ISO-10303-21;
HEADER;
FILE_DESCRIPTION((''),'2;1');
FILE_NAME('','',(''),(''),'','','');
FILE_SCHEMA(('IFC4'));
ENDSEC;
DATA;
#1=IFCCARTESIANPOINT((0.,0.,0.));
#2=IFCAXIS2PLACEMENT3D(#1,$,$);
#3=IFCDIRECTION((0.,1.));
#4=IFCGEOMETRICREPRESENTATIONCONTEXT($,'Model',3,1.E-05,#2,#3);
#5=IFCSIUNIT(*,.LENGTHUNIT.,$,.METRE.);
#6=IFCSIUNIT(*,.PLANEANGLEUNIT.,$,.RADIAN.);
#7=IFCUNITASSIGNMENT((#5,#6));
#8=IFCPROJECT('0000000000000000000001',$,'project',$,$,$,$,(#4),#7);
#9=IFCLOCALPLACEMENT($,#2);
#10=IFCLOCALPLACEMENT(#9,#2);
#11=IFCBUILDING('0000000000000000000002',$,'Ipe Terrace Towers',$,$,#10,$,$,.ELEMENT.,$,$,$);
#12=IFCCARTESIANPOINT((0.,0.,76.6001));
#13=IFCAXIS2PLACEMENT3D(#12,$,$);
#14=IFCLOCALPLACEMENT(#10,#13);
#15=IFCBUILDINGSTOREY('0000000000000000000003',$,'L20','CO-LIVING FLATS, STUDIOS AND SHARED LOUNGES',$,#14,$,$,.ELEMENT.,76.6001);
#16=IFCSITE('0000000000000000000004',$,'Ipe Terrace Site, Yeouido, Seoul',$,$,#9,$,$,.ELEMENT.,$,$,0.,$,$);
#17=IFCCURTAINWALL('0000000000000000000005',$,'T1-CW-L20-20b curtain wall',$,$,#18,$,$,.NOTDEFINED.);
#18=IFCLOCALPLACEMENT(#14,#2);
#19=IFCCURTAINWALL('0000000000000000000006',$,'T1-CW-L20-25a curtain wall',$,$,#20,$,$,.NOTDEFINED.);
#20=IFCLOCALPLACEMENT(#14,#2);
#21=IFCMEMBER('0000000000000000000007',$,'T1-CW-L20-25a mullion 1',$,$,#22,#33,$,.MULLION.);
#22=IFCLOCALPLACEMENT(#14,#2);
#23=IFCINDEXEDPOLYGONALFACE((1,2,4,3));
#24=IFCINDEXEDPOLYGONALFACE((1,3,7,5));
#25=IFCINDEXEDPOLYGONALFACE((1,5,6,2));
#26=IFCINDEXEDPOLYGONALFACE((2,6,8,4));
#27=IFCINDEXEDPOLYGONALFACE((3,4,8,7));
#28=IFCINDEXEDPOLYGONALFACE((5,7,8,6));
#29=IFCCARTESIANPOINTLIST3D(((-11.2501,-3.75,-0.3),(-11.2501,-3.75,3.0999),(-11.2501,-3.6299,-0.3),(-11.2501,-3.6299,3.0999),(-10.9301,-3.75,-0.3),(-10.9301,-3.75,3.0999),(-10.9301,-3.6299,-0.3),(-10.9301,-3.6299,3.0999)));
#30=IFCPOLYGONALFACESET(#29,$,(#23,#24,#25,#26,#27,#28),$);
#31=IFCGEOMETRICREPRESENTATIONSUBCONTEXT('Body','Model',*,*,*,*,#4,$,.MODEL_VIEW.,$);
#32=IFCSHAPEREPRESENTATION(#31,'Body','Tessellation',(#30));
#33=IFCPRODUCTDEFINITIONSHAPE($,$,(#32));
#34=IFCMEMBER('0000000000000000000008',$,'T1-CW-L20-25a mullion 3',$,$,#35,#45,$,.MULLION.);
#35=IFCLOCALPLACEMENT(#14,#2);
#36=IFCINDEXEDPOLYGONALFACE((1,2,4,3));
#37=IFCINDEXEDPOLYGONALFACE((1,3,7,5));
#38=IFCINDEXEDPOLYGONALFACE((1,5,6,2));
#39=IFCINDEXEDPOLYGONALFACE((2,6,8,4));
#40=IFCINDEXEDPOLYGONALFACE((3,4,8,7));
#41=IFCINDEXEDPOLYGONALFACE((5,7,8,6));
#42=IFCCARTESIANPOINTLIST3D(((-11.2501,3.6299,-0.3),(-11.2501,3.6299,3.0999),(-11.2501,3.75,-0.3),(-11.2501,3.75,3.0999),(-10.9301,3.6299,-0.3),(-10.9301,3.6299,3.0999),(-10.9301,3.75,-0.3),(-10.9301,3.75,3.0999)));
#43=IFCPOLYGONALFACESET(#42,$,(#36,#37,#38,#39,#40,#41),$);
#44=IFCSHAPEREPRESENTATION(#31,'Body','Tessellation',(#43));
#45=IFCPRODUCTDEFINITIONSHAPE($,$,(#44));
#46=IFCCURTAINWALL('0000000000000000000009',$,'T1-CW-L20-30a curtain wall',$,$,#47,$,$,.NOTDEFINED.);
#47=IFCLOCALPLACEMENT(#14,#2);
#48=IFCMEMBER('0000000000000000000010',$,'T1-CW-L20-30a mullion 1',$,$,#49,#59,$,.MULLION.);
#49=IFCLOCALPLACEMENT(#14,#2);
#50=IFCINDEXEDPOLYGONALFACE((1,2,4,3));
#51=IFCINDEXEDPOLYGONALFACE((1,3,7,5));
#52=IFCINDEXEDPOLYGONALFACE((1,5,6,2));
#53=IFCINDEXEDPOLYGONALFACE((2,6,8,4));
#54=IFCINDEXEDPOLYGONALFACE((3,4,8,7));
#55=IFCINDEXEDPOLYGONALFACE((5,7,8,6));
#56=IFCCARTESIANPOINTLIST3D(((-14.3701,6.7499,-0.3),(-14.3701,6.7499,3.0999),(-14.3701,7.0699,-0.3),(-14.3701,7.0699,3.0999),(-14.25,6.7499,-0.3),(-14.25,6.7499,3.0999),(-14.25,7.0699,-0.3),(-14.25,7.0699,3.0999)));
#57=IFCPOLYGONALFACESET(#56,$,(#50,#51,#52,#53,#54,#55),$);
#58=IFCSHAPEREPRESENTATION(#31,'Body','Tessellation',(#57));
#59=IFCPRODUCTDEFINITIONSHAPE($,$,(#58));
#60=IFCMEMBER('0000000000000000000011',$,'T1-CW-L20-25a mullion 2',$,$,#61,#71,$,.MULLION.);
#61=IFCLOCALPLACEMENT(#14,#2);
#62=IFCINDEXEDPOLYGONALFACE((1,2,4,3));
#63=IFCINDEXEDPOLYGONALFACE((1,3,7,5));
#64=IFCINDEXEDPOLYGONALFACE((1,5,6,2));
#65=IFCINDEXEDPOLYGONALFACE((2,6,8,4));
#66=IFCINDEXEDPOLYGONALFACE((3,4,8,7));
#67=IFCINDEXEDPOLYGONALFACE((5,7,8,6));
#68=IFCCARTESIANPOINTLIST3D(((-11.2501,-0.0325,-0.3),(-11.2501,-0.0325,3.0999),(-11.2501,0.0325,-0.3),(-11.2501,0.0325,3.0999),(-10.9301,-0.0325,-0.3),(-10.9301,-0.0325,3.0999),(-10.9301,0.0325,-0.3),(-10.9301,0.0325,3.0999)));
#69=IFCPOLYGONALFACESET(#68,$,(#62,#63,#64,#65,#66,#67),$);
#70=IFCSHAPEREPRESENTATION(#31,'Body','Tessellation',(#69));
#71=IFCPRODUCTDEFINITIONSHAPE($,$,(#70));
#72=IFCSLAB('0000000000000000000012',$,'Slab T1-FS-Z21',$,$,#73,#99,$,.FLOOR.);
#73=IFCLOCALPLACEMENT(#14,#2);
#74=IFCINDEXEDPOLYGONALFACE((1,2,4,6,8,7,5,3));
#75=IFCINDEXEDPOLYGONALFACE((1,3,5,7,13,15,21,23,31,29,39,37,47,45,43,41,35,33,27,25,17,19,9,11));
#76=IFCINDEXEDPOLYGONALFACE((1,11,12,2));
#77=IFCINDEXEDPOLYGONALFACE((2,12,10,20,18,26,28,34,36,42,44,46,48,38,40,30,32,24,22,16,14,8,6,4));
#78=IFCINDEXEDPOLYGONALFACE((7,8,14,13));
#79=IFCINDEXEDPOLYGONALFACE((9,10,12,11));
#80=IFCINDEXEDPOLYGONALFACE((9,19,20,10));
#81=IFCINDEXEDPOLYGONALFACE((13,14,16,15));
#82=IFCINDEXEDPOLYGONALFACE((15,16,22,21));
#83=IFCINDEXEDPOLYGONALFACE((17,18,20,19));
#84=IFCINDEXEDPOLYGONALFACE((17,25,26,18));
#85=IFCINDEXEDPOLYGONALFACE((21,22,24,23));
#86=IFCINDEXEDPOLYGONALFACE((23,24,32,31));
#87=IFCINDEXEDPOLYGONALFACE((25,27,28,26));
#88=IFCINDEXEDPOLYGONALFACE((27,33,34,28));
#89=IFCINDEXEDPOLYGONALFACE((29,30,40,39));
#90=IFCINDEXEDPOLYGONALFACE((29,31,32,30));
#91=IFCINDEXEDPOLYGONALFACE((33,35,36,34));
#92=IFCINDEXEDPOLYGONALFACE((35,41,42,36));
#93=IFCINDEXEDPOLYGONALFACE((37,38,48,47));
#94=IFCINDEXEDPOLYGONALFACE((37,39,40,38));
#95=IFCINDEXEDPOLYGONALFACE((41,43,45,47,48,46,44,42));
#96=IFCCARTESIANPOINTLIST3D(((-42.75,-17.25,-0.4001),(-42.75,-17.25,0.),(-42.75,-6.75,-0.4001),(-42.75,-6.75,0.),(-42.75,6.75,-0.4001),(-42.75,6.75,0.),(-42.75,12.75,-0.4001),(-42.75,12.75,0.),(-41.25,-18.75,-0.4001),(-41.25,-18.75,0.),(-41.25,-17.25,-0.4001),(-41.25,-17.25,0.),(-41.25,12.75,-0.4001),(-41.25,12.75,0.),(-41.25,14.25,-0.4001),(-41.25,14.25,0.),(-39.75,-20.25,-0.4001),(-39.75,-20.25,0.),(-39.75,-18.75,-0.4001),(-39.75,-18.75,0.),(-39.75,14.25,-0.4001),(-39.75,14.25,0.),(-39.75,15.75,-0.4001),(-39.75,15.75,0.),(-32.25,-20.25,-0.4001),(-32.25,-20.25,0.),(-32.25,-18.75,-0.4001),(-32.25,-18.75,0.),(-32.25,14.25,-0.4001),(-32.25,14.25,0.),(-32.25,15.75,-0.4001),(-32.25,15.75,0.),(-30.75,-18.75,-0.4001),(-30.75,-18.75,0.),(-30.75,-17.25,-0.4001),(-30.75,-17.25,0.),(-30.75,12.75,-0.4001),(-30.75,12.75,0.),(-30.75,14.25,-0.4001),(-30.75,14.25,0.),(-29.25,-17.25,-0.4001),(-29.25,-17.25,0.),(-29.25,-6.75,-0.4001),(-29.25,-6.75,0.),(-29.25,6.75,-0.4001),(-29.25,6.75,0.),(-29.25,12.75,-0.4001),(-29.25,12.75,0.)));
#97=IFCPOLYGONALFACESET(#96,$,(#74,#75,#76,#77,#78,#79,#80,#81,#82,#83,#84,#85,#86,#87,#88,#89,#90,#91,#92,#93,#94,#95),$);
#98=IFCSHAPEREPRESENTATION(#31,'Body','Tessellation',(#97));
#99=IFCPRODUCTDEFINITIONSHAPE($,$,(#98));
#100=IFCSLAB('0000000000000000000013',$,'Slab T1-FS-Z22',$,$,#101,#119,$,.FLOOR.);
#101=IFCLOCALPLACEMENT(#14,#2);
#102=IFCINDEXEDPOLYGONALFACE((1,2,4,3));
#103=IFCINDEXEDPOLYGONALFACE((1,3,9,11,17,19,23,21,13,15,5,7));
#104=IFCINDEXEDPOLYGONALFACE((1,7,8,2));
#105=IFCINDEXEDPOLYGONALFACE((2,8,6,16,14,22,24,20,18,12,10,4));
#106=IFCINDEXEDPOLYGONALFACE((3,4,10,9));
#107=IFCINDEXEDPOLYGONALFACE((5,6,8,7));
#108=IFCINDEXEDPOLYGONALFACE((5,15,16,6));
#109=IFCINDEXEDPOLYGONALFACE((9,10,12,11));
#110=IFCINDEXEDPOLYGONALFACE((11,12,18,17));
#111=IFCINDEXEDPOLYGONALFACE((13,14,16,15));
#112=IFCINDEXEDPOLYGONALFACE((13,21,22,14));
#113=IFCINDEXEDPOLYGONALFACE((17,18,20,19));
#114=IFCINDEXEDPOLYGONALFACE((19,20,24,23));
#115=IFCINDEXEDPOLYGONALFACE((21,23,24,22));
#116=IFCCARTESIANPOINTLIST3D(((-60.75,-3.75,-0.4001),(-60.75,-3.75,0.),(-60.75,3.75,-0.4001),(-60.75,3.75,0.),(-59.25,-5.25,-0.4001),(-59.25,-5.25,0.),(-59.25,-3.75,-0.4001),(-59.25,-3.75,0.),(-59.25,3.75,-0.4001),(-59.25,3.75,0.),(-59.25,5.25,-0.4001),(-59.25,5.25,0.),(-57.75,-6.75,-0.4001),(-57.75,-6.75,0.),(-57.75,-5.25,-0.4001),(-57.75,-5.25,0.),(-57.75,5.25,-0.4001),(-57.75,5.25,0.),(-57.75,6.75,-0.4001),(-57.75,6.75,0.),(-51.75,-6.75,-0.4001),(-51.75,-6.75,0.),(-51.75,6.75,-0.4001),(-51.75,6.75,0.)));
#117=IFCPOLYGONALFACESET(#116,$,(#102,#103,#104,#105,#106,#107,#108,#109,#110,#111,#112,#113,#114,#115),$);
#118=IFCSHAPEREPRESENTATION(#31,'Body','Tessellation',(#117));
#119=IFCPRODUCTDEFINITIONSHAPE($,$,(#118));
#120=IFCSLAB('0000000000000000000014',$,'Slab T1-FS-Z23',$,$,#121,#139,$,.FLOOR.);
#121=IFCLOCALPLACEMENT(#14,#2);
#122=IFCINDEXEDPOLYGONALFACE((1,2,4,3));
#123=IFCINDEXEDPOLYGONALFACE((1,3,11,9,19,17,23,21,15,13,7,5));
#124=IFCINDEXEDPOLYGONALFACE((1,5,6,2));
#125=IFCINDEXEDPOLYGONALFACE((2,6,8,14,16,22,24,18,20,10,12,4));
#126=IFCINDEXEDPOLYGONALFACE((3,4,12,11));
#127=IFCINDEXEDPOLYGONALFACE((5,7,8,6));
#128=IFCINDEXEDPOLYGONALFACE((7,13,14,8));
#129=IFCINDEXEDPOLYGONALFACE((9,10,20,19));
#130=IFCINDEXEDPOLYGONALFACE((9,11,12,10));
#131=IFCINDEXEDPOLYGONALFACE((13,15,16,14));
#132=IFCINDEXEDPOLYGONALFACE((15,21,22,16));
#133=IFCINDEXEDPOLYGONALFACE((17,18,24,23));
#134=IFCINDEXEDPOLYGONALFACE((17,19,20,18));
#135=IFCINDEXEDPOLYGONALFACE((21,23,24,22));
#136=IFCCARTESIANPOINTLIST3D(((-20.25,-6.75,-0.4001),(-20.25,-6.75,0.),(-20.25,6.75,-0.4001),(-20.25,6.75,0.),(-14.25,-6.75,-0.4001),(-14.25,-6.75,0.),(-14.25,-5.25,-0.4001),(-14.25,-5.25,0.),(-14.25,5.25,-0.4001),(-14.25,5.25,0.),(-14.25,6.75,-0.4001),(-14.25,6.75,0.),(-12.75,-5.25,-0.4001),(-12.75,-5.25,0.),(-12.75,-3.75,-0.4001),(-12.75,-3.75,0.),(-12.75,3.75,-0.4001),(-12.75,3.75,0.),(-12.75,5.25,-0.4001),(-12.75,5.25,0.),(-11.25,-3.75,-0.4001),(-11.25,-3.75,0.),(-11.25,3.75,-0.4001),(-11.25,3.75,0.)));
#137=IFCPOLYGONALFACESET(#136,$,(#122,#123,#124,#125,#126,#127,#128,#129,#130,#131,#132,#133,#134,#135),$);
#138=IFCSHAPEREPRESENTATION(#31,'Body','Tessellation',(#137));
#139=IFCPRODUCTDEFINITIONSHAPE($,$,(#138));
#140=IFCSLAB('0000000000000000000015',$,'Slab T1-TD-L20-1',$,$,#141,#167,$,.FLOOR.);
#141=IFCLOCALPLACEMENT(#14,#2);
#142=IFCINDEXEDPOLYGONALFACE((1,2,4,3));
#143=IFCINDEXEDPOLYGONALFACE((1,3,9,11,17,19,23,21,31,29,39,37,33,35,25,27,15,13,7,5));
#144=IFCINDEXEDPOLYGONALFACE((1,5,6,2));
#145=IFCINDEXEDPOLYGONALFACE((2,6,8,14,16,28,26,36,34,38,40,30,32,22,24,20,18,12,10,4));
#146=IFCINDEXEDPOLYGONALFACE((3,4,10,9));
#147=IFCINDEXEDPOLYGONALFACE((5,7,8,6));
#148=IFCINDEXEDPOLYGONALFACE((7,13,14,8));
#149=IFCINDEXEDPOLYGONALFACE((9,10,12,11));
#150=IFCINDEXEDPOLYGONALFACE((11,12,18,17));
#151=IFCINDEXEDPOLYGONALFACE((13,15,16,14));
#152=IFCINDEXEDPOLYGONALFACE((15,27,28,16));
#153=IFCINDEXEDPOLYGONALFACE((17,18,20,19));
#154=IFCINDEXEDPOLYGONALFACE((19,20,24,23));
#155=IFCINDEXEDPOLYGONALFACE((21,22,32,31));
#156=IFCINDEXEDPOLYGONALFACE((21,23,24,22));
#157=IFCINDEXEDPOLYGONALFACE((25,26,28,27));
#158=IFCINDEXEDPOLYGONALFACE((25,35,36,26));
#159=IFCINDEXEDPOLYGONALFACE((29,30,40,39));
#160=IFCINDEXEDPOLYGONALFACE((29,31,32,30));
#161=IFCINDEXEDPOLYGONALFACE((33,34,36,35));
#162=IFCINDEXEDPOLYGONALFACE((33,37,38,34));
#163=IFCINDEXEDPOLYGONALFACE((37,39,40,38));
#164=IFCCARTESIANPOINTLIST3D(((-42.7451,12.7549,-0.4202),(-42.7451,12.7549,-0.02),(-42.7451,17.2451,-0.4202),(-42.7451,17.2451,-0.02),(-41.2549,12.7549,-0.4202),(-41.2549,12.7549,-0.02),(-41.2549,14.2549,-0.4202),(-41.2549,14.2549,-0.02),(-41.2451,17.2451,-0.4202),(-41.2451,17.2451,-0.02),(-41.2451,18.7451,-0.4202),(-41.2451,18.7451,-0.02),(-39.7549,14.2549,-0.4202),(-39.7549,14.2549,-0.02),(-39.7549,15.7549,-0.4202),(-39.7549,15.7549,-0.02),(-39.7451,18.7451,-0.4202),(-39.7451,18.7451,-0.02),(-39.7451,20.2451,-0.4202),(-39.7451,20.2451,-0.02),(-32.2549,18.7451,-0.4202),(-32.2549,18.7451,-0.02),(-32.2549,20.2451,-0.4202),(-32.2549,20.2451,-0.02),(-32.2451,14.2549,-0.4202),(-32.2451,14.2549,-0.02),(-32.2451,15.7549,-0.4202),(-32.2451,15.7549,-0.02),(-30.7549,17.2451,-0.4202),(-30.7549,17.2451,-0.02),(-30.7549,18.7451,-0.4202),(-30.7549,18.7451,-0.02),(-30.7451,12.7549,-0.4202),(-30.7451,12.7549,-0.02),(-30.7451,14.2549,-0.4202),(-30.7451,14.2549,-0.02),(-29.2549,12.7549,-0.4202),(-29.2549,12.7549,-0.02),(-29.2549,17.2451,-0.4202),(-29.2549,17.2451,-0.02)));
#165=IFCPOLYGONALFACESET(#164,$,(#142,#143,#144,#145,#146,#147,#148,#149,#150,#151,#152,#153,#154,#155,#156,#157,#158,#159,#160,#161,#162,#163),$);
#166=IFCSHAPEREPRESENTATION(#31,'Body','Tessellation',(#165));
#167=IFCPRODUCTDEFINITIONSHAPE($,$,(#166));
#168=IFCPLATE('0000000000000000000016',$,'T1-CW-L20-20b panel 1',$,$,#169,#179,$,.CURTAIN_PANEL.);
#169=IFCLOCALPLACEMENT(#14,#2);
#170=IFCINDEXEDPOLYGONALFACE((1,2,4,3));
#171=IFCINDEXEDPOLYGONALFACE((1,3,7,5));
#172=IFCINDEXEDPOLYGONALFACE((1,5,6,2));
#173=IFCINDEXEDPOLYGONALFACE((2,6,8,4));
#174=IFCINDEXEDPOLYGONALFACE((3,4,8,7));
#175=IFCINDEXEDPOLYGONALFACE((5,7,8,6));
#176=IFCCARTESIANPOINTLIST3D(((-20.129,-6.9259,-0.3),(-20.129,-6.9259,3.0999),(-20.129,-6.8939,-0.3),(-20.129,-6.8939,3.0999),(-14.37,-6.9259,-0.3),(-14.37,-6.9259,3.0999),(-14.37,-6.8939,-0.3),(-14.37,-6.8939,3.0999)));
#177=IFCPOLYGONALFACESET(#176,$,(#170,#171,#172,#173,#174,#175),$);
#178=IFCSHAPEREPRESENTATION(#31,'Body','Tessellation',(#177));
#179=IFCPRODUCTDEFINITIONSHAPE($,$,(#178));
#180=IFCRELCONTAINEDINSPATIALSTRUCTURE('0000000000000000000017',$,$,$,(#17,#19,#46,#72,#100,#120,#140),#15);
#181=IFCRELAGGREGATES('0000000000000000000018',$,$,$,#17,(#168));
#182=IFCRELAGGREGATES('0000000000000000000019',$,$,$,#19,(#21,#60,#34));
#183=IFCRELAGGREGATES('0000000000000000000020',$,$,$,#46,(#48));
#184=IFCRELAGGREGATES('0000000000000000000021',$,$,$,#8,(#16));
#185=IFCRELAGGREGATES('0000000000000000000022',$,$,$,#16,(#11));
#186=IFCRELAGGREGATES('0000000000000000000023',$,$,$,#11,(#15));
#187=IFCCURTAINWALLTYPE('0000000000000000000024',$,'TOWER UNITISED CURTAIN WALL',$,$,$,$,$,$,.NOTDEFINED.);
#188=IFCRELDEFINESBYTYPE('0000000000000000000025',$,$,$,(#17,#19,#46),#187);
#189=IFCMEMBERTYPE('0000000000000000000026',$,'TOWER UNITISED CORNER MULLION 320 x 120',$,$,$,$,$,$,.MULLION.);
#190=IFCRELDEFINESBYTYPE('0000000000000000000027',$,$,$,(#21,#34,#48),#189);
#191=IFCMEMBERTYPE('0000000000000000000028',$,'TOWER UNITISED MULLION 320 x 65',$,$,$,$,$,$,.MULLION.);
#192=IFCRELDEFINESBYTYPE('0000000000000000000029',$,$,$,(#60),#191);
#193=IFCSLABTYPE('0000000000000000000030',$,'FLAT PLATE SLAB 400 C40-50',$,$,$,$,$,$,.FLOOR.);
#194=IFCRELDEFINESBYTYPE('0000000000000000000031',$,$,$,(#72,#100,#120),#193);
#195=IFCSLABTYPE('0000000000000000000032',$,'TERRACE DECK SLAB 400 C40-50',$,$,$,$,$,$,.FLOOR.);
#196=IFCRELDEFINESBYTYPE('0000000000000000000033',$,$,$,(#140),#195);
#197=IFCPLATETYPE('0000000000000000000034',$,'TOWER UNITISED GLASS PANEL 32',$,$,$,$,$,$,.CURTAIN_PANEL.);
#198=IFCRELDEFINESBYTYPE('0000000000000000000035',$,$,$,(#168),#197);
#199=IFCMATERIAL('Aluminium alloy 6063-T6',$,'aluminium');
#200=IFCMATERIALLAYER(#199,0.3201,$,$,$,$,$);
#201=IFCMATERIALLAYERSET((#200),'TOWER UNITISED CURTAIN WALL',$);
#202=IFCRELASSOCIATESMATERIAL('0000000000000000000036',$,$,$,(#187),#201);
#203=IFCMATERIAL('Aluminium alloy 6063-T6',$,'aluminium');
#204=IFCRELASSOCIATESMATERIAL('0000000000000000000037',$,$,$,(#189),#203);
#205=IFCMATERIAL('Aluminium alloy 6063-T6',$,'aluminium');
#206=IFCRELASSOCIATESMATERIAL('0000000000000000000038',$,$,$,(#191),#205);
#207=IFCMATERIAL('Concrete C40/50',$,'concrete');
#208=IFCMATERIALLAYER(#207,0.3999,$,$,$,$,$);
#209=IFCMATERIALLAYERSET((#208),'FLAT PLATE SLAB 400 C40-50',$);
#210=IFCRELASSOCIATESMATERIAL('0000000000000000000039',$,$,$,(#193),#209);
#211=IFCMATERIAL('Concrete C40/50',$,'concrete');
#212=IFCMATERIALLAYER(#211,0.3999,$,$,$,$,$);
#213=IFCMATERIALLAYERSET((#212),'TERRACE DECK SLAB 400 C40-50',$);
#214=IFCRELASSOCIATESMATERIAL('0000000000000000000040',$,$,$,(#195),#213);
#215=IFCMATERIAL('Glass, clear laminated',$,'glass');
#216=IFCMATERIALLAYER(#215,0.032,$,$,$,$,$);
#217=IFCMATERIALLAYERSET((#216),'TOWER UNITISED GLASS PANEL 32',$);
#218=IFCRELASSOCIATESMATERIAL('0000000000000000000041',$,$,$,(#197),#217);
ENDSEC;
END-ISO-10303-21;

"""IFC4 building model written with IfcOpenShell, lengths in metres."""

from ifc_helpers import new_model, si_unit, direction, frame, origin, origin_2d, place, context, subcontext, project, spatial, polyline, rectangle, outline, extrude, material, layer, layer_set, material_profile, profile_set, type_object, element, aggregate, save


model = new_model("IFC4")

# Units and contexts
model_context = context("Model", 3, precision=1e-05, world=origin(), true_north=direction((0.0, 1.0)))
body_context = subcontext(model_context, "Body", "Model", "MODEL_VIEW")
ifc_project = project(units=[si_unit("LENGTHUNIT", "METRE"), si_unit("PLANEANGLEUNIT", "RADIAN")], contexts=[model_context])

# Site, building, storey
site_placement = place(None, origin())
site = spatial("IfcSite", under=ifc_project, at=site_placement, Name="Ipe Terrace Site, Yeouido, Seoul", CompositionType="ELEMENT", RefElevation=0.0)
building_placement = place(site_placement, origin())
building = spatial("IfcBuilding", under=site, at=building_placement, Name="Ipe Terrace Towers", CompositionType="ELEMENT")
storey_placement = place(building_placement, frame((0.0, 0.0, 76.6001)))
storey = spatial("IfcBuildingStorey", under=building, at=storey_placement, Name="L20", Description="CO-LIVING FLATS, STUDIOS AND SHARED LOUNGES", CompositionType="ELEMENT", Elevation=76.6001)

# Curtain wall
ifc_material_1 = material(Name="Aluminium alloy 6063-T6", Category="aluminium")
ifc_layer_1 = layer(ifc_material_1, 0.3201)
ifc_layer_set_1 = layer_set([ifc_layer_1], Name="TOWER UNITISED CURTAIN WALL")
curtain_wall_type = type_object("IfcCurtainWallType", Name="TOWER UNITISED CURTAIN WALL", PredefinedType="NOTDEFINED", material=ifc_layer_set_1)
curtain_wall_1_placement = place(storey_placement, origin())
curtain_wall_1 = element("IfcCurtainWall", 1, at=curtain_wall_1_placement, inside=storey, type_object=curtain_wall_type, Name="T1-CW-L20-20b curtain wall", PredefinedType="NOTDEFINED")
ifc_material_2 = material(Name="Aluminium alloy 6063-T6", Category="aluminium")
ifc_material_profile_1 = material_profile(ifc_material_2, rectangle(XDim=0.3201, YDim=0.1201, at=origin_2d()), Name="TOWER UNITISED CORNER MULLION 320 x 120")
ifc_profile_set_1 = profile_set([ifc_material_profile_1], Name="Aluminium alloy 6063-T6")
member_type_1 = type_object("IfcMemberType", Name="TOWER UNITISED CORNER MULLION 320 x 120", PredefinedType="MULLION", material=ifc_profile_set_1)

# Curtain wall, members
curtain_wall_2_placement = place(storey_placement, origin())
curtain_wall_2 = element("IfcCurtainWall", 2, at=curtain_wall_2_placement, inside=storey, type_object=curtain_wall_type, Name="T1-CW-L20-25a curtain wall", PredefinedType="NOTDEFINED")
member_1_placement = place(storey_placement, frame((-11.0901, -3.6899, -0.3), z_axis=(0.0, 0.0, 1.0), x_axis=(1.0, 0.0, 0.0)))
member_1 = element("IfcMember", 3, at=member_1_placement, type_object=member_type_1, Name="T1-CW-L20-25a mullion 1", PredefinedType="MULLION", context=body_context, shape_type="SweptSolid", body=[
    extrude(rectangle(XDim=0.3201, YDim=0.1201, at=origin_2d()), origin(), (0.0, 0.0, 1.0), 3.3999),
])
member_2_placement = place(storey_placement, frame((-11.0901, 3.6899, -0.3), z_axis=(0.0, 0.0, 1.0), x_axis=(1.0, 0.0, 0.0)))
member_2 = element("IfcMember", 4, at=member_2_placement, type_object=member_type_1, Name="T1-CW-L20-25a mullion 3", PredefinedType="MULLION", context=body_context, shape_type="SweptSolid", body=[
    extrude(rectangle(XDim=0.3201, YDim=0.1201, at=origin_2d()), origin(), (0.0, 0.0, 1.0), 3.3999),
])

# Curtain wall, member
curtain_wall_3_placement = place(storey_placement, origin())
curtain_wall_3 = element("IfcCurtainWall", 5, at=curtain_wall_3_placement, inside=storey, type_object=curtain_wall_type, Name="T1-CW-L20-30a curtain wall", PredefinedType="NOTDEFINED")
member_3_placement = place(storey_placement, frame((-14.3101, 6.9099, -0.3), z_axis=(0.0, 0.0, 1.0), x_axis=(0.0, 1.0, 0.0)))
member_3 = element("IfcMember", 6, at=member_3_placement, type_object=member_type_1, Name="T1-CW-L20-30a mullion 1", PredefinedType="MULLION", context=body_context, shape_type="SweptSolid", body=[
    extrude(rectangle(XDim=0.3201, YDim=0.1201, at=origin_2d()), origin(), (0.0, 0.0, 1.0), 3.3999),
])

# Member
ifc_material_3 = material(Name="Aluminium alloy 6063-T6", Category="aluminium")
ifc_material_profile_2 = material_profile(ifc_material_3, rectangle(XDim=0.3201, YDim=0.0649, at=origin_2d()), Name="TOWER UNITISED MULLION 320 x 65")
ifc_profile_set_2 = profile_set([ifc_material_profile_2], Name="Aluminium alloy 6063-T6")
member_type_2 = type_object("IfcMemberType", Name="TOWER UNITISED MULLION 320 x 65", PredefinedType="MULLION", material=ifc_profile_set_2)
member_4_placement = place(storey_placement, frame((-11.0901, 0.0, -0.3), z_axis=(0.0, 0.0, 1.0), x_axis=(1.0, 0.0, 0.0)))
member_4 = element("IfcMember", 7, at=member_4_placement, type_object=member_type_2, Name="T1-CW-L20-25a mullion 2", PredefinedType="MULLION", context=body_context, shape_type="SweptSolid", body=[
    extrude(rectangle(XDim=0.3201, YDim=0.0649, at=origin_2d()), origin(), (0.0, 0.0, 1.0), 3.3999),
])

# Slabs
ifc_material_4 = material(Name="Concrete C40/50", Category="concrete")
ifc_layer_2 = layer(ifc_material_4, 0.3999)
ifc_layer_set_2 = layer_set([ifc_layer_2], Name="FLAT PLATE SLAB 400 C40-50")
slab_type_1 = type_object("IfcSlabType", Name="FLAT PLATE SLAB 400 C40-50", PredefinedType="FLOOR", material=ifc_layer_set_2)
slab_1_placement = place(storey_placement, frame((0.0, 0.0, -0.4001)))
element("IfcSlab", 8, at=slab_1_placement, inside=storey, type_object=slab_type_1, Name="Slab T1-FS-Z21", PredefinedType="FLOOR", context=body_context, shape_type="SweptSolid", body=[
    extrude(outline(polyline([(-30.75, -17.25), (-30.75, -18.75), (-32.25, -18.75), (-32.25, -20.25), (-39.75, -20.25), (-39.75, -18.75), (-41.25, -18.75), (-41.25, -17.25), (-42.75, -17.25), (-42.75, -6.75), (-42.75, 6.75), (-42.75, 12.75), (-41.25, 12.75), (-41.25, 14.25), (-39.75, 14.25), (-39.75, 15.75), (-32.25, 15.75), (-32.25, 14.25), (-30.75, 14.25), (-30.75, 12.75), (-29.25, 12.75), (-29.25, 6.75), (-29.25, -6.75), (-29.25, -17.25), (-30.75, -17.25)])), origin(), (0.0, 0.0, 1.0), 0.4001),
])
slab_2_placement = place(storey_placement, frame((0.0, 0.0, -0.4001)))
element("IfcSlab", 9, at=slab_2_placement, inside=storey, type_object=slab_type_1, Name="Slab T1-FS-Z22", PredefinedType="FLOOR", context=body_context, shape_type="SweptSolid", body=[
    extrude(outline(polyline([(-57.75, -6.75), (-57.75, -5.25), (-59.25, -5.25), (-59.25, -3.75), (-60.75, -3.75), (-60.75, 3.75), (-59.25, 3.75), (-59.25, 5.25), (-57.75, 5.25), (-57.75, 6.75), (-51.75, 6.75), (-51.75, -6.75), (-57.75, -6.75)])), origin(), (0.0, 0.0, 1.0), 0.4001),
])
slab_3_placement = place(storey_placement, frame((0.0, 0.0, -0.4001)))
element("IfcSlab", 10, at=slab_3_placement, inside=storey, type_object=slab_type_1, Name="Slab T1-FS-Z23", PredefinedType="FLOOR", context=body_context, shape_type="SweptSolid", body=[
    extrude(outline(polyline([(-14.25, 5.25), (-12.75, 5.25), (-12.75, 3.75), (-11.25, 3.75), (-11.25, -3.75), (-12.75, -3.75), (-12.75, -5.25), (-14.25, -5.25), (-14.25, -6.75), (-20.25, -6.75), (-20.25, 6.75), (-14.25, 6.75), (-14.25, 5.25)])), origin(), (0.0, 0.0, 1.0), 0.4001),
])
ifc_material_5 = material(Name="Concrete C40/50", Category="concrete")
ifc_layer_3 = layer(ifc_material_5, 0.3999)
ifc_layer_set_3 = layer_set([ifc_layer_3], Name="TERRACE DECK SLAB 400 C40-50")
slab_type_2 = type_object("IfcSlabType", Name="TERRACE DECK SLAB 400 C40-50", PredefinedType="FLOOR", material=ifc_layer_set_3)
slab_4_placement = place(storey_placement, frame((0.0, 0.0, -0.4202)))
element("IfcSlab", 11, at=slab_4_placement, inside=storey, type_object=slab_type_2, Name="Slab T1-TD-L20-1", PredefinedType="FLOOR", context=body_context, shape_type="SweptSolid", body=[
    extrude(outline(polyline([(-42.7451, 12.7549), (-42.7451, 17.2451), (-41.2451, 17.2451), (-41.2451, 18.7451), (-39.7451, 18.7451), (-39.7451, 20.2451), (-32.2549, 20.2451), (-32.2549, 18.7451), (-30.7549, 18.7451), (-30.7549, 17.2451), (-29.2549, 17.2451), (-29.2549, 12.7549), (-30.7451, 12.7549), (-30.7451, 14.2549), (-32.2451, 14.2549), (-32.2451, 15.7549), (-39.7549, 15.7549), (-39.7549, 14.2549), (-41.2549, 14.2549), (-41.2549, 12.7549), (-42.7451, 12.7549)])), origin(), (0.0, 0.0, 1.0), 0.4001),
])

# Plate
ifc_material_6 = material(Name="Glass, clear laminated", Category="glass")
ifc_layer_4 = layer(ifc_material_6, 0.032)
ifc_layer_set_4 = layer_set([ifc_layer_4], Name="TOWER UNITISED GLASS PANEL 32")
plate_type = type_object("IfcPlateType", Name="TOWER UNITISED GLASS PANEL 32", PredefinedType="CURTAIN_PANEL", material=ifc_layer_set_4)
plate_1_placement = place(storey_placement, frame((-17.2495, -6.9099, -0.3), z_axis=(0.0, 0.0, 1.0), x_axis=(1.0, 0.0, 0.0)))
plate_1 = element("IfcPlate", 12, at=plate_1_placement, type_object=plate_type, Name="T1-CW-L20-20b panel 1", PredefinedType="CURTAIN_PANEL", context=body_context, shape_type="SweptSolid", body=[
    extrude(rectangle(XDim=5.759, YDim=0.032, at=origin_2d()), origin(), (0.0, 0.0, 1.0), 3.3999),
])
aggregate(curtain_wall_1, [plate_1])
aggregate(curtain_wall_2, [member_1, member_4, member_2])
aggregate(curtain_wall_3, [member_3])

save(model, "model.ifc")
